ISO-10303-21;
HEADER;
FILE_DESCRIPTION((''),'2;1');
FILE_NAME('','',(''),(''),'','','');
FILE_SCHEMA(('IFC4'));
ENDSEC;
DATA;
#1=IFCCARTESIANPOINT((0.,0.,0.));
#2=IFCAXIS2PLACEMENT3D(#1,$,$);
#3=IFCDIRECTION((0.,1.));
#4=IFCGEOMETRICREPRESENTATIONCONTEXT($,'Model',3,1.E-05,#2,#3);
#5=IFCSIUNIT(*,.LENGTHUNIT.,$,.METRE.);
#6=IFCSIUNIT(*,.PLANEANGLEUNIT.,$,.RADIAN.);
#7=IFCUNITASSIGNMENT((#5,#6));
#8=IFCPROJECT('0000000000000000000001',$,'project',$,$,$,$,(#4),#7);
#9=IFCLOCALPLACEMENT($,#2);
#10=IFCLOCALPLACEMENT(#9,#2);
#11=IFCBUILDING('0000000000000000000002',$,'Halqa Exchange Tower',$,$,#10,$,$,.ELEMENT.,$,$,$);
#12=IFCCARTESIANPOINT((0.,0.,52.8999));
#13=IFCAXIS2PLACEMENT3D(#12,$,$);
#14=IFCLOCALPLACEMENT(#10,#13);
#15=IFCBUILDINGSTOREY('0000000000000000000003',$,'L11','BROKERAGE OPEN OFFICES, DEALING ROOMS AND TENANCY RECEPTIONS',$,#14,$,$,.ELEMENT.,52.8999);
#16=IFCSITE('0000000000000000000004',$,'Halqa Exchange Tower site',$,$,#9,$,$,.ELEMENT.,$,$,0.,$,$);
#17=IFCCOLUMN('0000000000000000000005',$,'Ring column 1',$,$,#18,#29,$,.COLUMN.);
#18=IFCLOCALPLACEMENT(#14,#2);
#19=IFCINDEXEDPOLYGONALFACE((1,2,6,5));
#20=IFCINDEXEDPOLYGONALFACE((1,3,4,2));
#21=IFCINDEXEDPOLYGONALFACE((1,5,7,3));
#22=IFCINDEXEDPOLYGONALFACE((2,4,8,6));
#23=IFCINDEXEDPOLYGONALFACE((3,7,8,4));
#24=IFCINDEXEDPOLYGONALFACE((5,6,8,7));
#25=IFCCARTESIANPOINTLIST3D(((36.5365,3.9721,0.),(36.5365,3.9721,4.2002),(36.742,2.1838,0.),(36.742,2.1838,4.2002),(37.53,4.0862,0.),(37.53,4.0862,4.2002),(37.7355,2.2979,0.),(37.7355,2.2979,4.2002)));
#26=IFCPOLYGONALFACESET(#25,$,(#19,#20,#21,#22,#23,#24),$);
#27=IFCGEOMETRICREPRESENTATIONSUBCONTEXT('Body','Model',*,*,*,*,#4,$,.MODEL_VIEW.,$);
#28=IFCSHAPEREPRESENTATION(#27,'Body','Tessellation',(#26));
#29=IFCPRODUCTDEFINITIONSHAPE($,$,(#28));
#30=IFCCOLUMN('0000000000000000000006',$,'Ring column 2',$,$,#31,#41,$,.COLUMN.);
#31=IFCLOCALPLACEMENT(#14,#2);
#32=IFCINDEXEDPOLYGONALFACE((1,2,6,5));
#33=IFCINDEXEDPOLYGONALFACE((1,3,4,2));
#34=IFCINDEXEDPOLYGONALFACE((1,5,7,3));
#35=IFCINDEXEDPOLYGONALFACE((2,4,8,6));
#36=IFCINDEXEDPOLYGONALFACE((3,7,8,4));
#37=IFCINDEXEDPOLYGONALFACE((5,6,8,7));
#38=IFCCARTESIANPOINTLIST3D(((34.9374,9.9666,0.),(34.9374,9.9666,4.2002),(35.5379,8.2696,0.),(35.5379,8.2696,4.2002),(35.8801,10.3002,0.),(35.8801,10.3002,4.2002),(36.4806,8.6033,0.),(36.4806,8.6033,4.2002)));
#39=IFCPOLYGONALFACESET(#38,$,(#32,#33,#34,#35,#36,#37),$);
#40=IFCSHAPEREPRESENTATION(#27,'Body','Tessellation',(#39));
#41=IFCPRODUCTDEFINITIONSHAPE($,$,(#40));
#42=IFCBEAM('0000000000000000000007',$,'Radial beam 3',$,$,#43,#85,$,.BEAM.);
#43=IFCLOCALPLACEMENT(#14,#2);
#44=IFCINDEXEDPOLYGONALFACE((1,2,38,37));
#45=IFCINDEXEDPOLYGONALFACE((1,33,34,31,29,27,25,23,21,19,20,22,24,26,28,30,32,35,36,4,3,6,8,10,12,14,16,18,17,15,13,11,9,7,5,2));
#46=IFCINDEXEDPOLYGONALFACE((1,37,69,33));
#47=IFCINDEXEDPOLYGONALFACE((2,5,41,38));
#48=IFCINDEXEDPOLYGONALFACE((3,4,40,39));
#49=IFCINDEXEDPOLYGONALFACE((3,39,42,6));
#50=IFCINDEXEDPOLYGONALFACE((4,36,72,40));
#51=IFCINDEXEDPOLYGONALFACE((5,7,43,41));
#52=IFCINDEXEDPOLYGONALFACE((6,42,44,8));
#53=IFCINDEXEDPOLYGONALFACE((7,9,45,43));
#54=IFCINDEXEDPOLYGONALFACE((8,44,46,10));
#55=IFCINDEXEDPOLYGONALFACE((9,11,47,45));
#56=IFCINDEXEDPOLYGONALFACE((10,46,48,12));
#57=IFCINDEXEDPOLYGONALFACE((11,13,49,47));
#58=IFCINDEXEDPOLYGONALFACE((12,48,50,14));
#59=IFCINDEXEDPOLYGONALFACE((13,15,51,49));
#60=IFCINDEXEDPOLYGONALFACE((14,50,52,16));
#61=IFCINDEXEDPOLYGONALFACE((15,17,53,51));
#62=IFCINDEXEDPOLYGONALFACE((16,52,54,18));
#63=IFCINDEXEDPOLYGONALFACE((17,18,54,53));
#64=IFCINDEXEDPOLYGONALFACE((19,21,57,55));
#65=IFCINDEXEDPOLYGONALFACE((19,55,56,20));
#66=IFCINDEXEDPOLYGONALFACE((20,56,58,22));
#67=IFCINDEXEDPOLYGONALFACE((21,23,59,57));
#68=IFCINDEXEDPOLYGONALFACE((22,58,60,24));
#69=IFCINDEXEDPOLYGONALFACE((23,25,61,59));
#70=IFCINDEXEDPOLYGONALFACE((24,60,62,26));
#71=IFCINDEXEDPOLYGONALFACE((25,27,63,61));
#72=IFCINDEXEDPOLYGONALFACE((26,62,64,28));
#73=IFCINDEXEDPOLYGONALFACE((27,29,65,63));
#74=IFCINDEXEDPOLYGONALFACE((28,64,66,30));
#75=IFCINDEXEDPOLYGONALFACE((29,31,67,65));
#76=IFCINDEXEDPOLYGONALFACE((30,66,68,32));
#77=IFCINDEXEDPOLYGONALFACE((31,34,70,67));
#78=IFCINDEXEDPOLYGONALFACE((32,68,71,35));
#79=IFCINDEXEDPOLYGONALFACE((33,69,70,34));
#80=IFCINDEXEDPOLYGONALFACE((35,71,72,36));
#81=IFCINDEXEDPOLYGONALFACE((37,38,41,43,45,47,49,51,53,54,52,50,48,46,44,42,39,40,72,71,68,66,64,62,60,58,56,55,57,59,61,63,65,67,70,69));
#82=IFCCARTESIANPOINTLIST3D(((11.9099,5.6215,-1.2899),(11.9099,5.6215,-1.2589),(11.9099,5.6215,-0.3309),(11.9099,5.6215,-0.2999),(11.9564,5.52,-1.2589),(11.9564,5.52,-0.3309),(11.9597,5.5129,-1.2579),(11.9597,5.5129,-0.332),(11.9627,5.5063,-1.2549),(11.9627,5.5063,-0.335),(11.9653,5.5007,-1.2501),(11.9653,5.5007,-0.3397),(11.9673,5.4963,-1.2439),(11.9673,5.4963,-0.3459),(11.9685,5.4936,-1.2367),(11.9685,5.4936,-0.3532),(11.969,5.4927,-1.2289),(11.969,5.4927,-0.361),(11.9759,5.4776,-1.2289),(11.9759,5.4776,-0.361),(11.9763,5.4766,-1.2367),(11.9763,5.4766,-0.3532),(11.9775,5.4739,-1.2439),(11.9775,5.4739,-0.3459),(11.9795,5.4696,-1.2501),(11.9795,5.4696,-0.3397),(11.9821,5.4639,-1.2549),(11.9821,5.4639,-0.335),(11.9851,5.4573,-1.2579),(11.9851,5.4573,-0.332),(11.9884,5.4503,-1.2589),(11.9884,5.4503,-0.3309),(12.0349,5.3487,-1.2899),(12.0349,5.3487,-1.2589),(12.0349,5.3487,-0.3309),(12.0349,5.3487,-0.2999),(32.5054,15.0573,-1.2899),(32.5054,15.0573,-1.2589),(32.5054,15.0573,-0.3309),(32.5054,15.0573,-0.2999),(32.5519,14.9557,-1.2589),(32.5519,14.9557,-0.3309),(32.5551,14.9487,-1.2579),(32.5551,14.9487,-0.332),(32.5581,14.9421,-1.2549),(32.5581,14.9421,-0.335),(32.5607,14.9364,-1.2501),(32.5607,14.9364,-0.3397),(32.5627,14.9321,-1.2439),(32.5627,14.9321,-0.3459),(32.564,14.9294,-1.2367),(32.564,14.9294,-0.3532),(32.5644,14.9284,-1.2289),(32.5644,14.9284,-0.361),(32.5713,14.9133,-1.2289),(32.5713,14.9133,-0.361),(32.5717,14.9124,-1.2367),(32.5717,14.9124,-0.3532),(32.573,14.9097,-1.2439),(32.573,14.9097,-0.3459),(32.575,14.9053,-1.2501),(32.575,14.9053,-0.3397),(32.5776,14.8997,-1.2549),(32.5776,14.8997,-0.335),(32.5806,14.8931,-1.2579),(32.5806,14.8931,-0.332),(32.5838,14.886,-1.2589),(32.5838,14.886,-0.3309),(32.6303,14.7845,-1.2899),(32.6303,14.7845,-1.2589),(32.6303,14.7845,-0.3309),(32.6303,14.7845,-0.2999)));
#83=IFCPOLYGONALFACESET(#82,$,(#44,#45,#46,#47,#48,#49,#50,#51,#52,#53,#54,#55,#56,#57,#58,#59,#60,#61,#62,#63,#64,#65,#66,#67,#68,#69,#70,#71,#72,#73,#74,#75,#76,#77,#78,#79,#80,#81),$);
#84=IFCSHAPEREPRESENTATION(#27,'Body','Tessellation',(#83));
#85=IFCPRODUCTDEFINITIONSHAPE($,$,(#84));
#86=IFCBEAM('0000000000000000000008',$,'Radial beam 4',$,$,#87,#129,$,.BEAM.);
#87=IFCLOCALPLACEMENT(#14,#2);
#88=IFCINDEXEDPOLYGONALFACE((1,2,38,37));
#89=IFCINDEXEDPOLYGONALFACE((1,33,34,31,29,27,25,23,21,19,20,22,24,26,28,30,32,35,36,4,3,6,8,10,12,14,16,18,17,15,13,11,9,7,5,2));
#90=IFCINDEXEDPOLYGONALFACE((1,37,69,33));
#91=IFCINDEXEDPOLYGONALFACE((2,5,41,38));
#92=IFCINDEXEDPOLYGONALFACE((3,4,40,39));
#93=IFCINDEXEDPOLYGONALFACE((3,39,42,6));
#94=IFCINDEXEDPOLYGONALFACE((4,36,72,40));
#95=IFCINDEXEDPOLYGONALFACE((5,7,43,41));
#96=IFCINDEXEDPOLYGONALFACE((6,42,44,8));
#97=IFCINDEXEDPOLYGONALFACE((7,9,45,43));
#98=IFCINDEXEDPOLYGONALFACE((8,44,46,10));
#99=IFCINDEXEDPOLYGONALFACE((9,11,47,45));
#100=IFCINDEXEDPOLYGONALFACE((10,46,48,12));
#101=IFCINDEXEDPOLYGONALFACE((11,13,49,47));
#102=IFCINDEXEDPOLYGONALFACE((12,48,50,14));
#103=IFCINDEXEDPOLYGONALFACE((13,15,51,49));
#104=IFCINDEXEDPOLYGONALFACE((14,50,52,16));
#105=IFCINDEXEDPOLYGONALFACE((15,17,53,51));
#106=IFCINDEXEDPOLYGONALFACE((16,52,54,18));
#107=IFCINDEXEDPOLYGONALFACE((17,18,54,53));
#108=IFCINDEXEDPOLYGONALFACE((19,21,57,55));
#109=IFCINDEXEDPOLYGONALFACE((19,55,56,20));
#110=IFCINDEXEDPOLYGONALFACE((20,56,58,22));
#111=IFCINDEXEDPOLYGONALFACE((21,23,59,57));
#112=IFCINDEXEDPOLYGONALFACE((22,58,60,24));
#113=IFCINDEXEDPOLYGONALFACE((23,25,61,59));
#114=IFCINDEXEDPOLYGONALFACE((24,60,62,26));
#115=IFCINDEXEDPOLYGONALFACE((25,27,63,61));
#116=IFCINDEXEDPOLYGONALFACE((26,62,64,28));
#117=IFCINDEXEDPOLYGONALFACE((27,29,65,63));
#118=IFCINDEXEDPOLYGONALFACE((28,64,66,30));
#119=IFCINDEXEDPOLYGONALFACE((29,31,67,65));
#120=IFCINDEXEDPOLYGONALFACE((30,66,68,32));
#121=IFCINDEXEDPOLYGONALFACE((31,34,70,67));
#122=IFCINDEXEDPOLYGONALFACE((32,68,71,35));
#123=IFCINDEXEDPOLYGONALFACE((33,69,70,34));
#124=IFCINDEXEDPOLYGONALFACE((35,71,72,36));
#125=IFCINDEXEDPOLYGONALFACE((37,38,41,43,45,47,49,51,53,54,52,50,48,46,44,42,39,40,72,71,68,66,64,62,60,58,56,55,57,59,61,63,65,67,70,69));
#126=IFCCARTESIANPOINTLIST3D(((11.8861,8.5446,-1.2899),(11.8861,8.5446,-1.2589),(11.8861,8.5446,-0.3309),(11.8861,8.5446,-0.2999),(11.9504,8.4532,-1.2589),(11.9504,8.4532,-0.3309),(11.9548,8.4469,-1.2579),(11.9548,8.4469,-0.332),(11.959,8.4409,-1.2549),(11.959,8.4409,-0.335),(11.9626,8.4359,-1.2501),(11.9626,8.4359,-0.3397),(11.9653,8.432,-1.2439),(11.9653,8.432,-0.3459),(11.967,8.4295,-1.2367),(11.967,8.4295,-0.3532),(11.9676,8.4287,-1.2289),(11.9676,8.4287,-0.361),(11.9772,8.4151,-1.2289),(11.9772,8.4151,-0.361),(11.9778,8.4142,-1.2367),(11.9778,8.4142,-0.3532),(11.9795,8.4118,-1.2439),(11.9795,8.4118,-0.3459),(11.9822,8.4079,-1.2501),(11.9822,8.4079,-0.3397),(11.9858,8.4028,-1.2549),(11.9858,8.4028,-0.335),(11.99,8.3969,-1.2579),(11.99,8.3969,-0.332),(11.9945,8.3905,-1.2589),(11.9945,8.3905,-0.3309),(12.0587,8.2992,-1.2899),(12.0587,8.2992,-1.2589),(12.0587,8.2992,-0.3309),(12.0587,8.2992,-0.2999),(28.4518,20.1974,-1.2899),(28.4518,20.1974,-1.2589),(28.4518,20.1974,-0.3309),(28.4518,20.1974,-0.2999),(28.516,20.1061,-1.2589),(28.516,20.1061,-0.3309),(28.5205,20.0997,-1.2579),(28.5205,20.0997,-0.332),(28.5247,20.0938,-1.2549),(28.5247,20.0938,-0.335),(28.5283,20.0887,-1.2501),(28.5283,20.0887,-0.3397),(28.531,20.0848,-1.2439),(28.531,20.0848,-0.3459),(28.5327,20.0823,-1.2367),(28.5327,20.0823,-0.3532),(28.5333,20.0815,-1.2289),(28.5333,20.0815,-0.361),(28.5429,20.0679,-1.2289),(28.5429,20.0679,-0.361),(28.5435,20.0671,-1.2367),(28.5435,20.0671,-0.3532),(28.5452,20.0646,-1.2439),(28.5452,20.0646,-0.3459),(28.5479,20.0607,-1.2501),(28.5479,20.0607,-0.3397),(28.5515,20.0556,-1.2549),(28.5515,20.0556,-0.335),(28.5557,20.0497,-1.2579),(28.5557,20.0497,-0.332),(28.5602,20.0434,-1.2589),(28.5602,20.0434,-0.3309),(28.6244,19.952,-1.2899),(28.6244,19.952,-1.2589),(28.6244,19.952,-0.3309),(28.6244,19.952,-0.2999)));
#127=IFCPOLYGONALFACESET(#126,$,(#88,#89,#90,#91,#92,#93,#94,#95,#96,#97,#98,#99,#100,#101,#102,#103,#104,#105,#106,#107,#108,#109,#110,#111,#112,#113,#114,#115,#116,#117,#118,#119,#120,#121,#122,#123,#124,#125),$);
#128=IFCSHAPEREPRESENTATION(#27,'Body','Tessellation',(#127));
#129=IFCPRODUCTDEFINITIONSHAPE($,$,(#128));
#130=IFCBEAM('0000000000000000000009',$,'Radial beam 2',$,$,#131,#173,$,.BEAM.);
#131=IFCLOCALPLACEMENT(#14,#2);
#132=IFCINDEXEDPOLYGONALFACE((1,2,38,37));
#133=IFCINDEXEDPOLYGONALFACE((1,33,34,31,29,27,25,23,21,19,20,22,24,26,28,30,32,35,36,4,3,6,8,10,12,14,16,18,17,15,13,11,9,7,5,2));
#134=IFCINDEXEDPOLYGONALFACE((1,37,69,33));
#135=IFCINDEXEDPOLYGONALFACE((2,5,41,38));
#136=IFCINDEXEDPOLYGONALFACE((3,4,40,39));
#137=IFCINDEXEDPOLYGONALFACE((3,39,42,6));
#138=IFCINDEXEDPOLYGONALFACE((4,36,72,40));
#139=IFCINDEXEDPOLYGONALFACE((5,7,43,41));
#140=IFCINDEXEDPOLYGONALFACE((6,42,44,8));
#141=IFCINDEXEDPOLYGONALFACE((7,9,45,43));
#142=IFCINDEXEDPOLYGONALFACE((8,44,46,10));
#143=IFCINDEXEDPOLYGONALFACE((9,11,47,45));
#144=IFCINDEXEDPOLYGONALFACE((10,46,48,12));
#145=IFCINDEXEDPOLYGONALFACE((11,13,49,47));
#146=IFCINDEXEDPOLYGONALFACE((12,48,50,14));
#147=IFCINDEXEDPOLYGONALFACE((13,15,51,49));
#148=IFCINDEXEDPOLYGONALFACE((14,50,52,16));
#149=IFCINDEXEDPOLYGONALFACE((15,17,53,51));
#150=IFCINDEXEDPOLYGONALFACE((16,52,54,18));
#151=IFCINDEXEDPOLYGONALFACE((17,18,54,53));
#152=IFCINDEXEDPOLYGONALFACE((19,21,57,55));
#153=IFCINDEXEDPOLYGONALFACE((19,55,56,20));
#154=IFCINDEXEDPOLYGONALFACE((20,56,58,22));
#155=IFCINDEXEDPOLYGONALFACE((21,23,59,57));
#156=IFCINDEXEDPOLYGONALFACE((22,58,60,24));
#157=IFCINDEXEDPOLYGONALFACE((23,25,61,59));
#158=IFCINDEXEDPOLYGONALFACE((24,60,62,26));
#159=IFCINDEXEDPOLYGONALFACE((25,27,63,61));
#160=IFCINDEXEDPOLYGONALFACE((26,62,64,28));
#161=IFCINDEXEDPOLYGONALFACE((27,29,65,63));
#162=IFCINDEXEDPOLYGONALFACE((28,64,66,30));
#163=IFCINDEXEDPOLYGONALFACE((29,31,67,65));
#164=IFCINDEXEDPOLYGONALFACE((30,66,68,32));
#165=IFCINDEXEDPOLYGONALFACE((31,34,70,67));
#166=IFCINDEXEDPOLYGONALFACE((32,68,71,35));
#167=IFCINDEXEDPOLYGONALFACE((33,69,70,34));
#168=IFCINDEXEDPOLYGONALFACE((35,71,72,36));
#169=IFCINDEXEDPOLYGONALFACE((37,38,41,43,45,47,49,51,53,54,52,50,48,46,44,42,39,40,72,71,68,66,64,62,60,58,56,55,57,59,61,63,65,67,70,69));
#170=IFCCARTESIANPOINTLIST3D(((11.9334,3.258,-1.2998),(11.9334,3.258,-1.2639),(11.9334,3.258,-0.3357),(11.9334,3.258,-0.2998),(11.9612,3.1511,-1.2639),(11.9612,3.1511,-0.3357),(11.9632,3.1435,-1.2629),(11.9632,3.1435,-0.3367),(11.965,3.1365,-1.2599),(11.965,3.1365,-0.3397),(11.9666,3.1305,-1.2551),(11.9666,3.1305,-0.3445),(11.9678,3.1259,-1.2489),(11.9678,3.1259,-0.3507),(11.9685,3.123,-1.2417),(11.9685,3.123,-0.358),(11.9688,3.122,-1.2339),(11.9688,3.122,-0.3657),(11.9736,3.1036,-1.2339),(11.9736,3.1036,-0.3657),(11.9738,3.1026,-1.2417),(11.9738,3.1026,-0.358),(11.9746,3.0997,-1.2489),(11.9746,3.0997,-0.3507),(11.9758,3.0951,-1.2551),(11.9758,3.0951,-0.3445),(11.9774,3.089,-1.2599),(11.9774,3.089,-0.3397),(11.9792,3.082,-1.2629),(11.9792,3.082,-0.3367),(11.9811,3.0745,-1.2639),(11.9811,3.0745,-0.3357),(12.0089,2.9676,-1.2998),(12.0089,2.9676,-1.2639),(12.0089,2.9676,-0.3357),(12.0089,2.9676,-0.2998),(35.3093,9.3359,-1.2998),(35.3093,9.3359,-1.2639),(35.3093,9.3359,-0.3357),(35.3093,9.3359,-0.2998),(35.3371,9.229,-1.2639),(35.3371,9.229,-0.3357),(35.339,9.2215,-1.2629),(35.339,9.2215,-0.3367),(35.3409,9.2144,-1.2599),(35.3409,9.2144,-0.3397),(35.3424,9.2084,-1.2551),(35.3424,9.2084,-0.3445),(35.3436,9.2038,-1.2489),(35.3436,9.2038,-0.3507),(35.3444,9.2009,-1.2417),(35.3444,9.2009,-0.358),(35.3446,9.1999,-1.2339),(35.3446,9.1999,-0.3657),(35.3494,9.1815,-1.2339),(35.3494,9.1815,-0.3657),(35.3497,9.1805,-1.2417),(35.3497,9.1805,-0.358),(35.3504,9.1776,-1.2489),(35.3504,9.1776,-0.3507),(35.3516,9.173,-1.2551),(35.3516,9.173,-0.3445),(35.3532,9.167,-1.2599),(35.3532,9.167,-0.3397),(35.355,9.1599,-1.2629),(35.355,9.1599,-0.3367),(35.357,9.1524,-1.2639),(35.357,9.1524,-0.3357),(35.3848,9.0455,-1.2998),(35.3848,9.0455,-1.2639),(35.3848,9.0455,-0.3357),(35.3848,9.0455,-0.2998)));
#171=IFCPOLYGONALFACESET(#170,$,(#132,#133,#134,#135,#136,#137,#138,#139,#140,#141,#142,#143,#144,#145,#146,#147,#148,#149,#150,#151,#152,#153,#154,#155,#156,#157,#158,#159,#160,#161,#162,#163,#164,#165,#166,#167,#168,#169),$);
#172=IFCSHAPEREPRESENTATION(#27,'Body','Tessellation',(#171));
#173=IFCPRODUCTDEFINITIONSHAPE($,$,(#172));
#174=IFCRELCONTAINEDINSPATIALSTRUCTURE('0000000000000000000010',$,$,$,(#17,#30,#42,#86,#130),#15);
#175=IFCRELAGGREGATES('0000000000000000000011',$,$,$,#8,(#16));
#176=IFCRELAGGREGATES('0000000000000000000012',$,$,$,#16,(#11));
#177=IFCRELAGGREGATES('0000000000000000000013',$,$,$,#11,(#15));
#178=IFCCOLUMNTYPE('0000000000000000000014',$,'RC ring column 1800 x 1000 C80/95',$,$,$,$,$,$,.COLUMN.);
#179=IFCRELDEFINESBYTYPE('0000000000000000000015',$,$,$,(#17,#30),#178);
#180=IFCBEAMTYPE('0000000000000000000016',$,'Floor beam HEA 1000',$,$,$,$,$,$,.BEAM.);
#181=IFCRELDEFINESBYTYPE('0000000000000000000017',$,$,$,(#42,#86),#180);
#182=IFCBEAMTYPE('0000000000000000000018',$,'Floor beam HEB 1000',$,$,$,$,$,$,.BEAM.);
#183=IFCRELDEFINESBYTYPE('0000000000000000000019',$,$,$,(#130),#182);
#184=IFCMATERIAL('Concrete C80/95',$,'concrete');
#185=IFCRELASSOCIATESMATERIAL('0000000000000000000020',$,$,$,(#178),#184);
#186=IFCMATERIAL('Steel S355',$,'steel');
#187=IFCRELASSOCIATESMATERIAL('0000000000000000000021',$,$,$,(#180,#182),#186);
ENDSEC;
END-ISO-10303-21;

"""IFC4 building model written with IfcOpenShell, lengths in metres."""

from ifc_helpers import new_model, si_unit, direction, frame, origin, origin_2d, place, context, subcontext, project, spatial, rectangle, i_section, extrude, material, material_profile, profile_set, type_object, element, save


model = new_model("IFC4")

# Units and contexts
model_context = context("Model", 3, precision=1e-05, world=origin(), true_north=direction((0.0, 1.0)))
body_context = subcontext(model_context, "Body", "Model", "MODEL_VIEW")
ifc_project = project(units=[si_unit("LENGTHUNIT", "METRE"), si_unit("PLANEANGLEUNIT", "RADIAN")], contexts=[model_context])

# Site, building, storey
site_placement = place(None, origin())
site = spatial("IfcSite", under=ifc_project, at=site_placement, Name="Halqa Exchange Tower site", CompositionType="ELEMENT", RefElevation=0.0)
building_placement = place(site_placement, origin())
building = spatial("IfcBuilding", under=site, at=building_placement, Name="Halqa Exchange Tower", CompositionType="ELEMENT")
storey_placement = place(building_placement, frame((0.0, 0.0, 52.8999)))
storey = spatial("IfcBuildingStorey", under=building, at=storey_placement, Name="L11", Description="BROKERAGE OPEN OFFICES, DEALING ROOMS AND TENANCY RECEPTIONS", CompositionType="ELEMENT", Elevation=52.8999)

# Columns
ifc_material_1 = material(Name="Concrete C80/95", Category="concrete")
ifc_material_profile_1 = material_profile(ifc_material_1, rectangle(XDim=1.8, YDim=1.0, at=origin_2d()), Name="1800 x 1000")
ifc_profile_set_1 = profile_set([ifc_material_profile_1], Name="Concrete C80/95")
column_type = type_object("IfcColumnType", Name="RC ring column 1800 x 1000 C80/95", PredefinedType="COLUMN", material=ifc_profile_set_1)
for number, where, z_axis, x_axis, name in (
    (1, (37.136, 3.135, 0.0), (0.0, 0.0, 1.0), (-0.114153, 0.993463, 0.0), "Ring column 1"),
    (2, (35.709, 9.2849, 0.0), (0.0, 0.0, 1.0), (-0.333628, 0.942705, 0.0), "Ring column 2"),
):
    element("IfcColumn", number, at=place(storey_placement, frame(where, z_axis=z_axis, x_axis=x_axis)), inside=storey, type_object=column_type, Name=name, PredefinedType="COLUMN", context=body_context, shape_type="SweptSolid", body=[
        extrude(rectangle(XDim=1.8, YDim=1.0, at=origin_2d()), origin(), (0.0, 0.0, 1.0), 4.2002),
    ])

# Beams
ifc_material_2 = material(Name="Steel S355", Category="steel")
ifc_material_profile_2 = material_profile(ifc_material_2, i_section(OverallWidth=0.3, OverallDepth=0.99, WebThickness=0.0166, FlangeThickness=0.031, FilletRadius=0.03, at=origin_2d()), Name="HEA 1000")
ifc_profile_set_2 = profile_set([ifc_material_profile_2], Name="Steel S355")
beam_type_1 = type_object("IfcBeamType", Name="Floor beam HEA 1000", PredefinedType="BEAM", material=ifc_profile_set_2)
beam_1_placement = place(storey_placement, frame((11.9724, 5.4851, -0.7949), z_axis=(0.909128, 0.416516, 0.0), x_axis=(-0.416516, 0.909128, 0.0)))
element("IfcBeam", 3, at=beam_1_placement, inside=storey, type_object=beam_type_1, Name="Radial beam 3", PredefinedType="BEAM", context=body_context, shape_type="SweptSolid", body=[
    extrude(i_section(OverallWidth=0.3, OverallDepth=0.99, WebThickness=0.0166, FlangeThickness=0.031, FilletRadius=0.03, at=origin_2d()), origin(), (0.0, 0.0, 1.0), 22.6541),
])
beam_2_placement = place(storey_placement, frame((11.9724, 8.4219, -0.7949), z_axis=(0.817911, 0.575345, 0.0), x_axis=(-0.575345, 0.817911, 0.0)))
element("IfcBeam", 4, at=beam_2_placement, inside=storey, type_object=beam_type_1, Name="Radial beam 4", PredefinedType="BEAM", context=body_context, shape_type="SweptSolid", body=[
    extrude(i_section(OverallWidth=0.3, OverallDepth=0.99, WebThickness=0.0166, FlangeThickness=0.031, FilletRadius=0.03, at=origin_2d()), origin(), (0.0, 0.0, 1.0), 20.2537),
])
ifc_material_profile_3 = material_profile(ifc_material_2, i_section(OverallWidth=0.3, OverallDepth=1.0, WebThickness=0.019, FlangeThickness=0.0359, FilletRadius=0.03, at=origin_2d()), Name="HEB 1000")
ifc_profile_set_3 = profile_set([ifc_material_profile_3], Name="Steel S355")
beam_type_2 = type_object("IfcBeamType", Name="Floor beam HEB 1000", PredefinedType="BEAM", material=ifc_profile_set_3)
beam_3_placement = place(storey_placement, frame((11.9712, 3.1128, -0.7998), z_axis=(0.967821, 0.251641, 0.0), x_axis=(-0.251641, 0.967821, 0.0)))
element("IfcBeam", 5, at=beam_3_placement, inside=storey, type_object=beam_type_2, Name="Radial beam 2", PredefinedType="BEAM", context=body_context, shape_type="SweptSolid", body=[
    extrude(i_section(OverallWidth=0.3, OverallDepth=1.0, WebThickness=0.019, FlangeThickness=0.0359, FilletRadius=0.03, at=origin_2d()), origin(), (0.0, 0.0, 1.0), 24.1531),
])

save(model, "model.ifc")
